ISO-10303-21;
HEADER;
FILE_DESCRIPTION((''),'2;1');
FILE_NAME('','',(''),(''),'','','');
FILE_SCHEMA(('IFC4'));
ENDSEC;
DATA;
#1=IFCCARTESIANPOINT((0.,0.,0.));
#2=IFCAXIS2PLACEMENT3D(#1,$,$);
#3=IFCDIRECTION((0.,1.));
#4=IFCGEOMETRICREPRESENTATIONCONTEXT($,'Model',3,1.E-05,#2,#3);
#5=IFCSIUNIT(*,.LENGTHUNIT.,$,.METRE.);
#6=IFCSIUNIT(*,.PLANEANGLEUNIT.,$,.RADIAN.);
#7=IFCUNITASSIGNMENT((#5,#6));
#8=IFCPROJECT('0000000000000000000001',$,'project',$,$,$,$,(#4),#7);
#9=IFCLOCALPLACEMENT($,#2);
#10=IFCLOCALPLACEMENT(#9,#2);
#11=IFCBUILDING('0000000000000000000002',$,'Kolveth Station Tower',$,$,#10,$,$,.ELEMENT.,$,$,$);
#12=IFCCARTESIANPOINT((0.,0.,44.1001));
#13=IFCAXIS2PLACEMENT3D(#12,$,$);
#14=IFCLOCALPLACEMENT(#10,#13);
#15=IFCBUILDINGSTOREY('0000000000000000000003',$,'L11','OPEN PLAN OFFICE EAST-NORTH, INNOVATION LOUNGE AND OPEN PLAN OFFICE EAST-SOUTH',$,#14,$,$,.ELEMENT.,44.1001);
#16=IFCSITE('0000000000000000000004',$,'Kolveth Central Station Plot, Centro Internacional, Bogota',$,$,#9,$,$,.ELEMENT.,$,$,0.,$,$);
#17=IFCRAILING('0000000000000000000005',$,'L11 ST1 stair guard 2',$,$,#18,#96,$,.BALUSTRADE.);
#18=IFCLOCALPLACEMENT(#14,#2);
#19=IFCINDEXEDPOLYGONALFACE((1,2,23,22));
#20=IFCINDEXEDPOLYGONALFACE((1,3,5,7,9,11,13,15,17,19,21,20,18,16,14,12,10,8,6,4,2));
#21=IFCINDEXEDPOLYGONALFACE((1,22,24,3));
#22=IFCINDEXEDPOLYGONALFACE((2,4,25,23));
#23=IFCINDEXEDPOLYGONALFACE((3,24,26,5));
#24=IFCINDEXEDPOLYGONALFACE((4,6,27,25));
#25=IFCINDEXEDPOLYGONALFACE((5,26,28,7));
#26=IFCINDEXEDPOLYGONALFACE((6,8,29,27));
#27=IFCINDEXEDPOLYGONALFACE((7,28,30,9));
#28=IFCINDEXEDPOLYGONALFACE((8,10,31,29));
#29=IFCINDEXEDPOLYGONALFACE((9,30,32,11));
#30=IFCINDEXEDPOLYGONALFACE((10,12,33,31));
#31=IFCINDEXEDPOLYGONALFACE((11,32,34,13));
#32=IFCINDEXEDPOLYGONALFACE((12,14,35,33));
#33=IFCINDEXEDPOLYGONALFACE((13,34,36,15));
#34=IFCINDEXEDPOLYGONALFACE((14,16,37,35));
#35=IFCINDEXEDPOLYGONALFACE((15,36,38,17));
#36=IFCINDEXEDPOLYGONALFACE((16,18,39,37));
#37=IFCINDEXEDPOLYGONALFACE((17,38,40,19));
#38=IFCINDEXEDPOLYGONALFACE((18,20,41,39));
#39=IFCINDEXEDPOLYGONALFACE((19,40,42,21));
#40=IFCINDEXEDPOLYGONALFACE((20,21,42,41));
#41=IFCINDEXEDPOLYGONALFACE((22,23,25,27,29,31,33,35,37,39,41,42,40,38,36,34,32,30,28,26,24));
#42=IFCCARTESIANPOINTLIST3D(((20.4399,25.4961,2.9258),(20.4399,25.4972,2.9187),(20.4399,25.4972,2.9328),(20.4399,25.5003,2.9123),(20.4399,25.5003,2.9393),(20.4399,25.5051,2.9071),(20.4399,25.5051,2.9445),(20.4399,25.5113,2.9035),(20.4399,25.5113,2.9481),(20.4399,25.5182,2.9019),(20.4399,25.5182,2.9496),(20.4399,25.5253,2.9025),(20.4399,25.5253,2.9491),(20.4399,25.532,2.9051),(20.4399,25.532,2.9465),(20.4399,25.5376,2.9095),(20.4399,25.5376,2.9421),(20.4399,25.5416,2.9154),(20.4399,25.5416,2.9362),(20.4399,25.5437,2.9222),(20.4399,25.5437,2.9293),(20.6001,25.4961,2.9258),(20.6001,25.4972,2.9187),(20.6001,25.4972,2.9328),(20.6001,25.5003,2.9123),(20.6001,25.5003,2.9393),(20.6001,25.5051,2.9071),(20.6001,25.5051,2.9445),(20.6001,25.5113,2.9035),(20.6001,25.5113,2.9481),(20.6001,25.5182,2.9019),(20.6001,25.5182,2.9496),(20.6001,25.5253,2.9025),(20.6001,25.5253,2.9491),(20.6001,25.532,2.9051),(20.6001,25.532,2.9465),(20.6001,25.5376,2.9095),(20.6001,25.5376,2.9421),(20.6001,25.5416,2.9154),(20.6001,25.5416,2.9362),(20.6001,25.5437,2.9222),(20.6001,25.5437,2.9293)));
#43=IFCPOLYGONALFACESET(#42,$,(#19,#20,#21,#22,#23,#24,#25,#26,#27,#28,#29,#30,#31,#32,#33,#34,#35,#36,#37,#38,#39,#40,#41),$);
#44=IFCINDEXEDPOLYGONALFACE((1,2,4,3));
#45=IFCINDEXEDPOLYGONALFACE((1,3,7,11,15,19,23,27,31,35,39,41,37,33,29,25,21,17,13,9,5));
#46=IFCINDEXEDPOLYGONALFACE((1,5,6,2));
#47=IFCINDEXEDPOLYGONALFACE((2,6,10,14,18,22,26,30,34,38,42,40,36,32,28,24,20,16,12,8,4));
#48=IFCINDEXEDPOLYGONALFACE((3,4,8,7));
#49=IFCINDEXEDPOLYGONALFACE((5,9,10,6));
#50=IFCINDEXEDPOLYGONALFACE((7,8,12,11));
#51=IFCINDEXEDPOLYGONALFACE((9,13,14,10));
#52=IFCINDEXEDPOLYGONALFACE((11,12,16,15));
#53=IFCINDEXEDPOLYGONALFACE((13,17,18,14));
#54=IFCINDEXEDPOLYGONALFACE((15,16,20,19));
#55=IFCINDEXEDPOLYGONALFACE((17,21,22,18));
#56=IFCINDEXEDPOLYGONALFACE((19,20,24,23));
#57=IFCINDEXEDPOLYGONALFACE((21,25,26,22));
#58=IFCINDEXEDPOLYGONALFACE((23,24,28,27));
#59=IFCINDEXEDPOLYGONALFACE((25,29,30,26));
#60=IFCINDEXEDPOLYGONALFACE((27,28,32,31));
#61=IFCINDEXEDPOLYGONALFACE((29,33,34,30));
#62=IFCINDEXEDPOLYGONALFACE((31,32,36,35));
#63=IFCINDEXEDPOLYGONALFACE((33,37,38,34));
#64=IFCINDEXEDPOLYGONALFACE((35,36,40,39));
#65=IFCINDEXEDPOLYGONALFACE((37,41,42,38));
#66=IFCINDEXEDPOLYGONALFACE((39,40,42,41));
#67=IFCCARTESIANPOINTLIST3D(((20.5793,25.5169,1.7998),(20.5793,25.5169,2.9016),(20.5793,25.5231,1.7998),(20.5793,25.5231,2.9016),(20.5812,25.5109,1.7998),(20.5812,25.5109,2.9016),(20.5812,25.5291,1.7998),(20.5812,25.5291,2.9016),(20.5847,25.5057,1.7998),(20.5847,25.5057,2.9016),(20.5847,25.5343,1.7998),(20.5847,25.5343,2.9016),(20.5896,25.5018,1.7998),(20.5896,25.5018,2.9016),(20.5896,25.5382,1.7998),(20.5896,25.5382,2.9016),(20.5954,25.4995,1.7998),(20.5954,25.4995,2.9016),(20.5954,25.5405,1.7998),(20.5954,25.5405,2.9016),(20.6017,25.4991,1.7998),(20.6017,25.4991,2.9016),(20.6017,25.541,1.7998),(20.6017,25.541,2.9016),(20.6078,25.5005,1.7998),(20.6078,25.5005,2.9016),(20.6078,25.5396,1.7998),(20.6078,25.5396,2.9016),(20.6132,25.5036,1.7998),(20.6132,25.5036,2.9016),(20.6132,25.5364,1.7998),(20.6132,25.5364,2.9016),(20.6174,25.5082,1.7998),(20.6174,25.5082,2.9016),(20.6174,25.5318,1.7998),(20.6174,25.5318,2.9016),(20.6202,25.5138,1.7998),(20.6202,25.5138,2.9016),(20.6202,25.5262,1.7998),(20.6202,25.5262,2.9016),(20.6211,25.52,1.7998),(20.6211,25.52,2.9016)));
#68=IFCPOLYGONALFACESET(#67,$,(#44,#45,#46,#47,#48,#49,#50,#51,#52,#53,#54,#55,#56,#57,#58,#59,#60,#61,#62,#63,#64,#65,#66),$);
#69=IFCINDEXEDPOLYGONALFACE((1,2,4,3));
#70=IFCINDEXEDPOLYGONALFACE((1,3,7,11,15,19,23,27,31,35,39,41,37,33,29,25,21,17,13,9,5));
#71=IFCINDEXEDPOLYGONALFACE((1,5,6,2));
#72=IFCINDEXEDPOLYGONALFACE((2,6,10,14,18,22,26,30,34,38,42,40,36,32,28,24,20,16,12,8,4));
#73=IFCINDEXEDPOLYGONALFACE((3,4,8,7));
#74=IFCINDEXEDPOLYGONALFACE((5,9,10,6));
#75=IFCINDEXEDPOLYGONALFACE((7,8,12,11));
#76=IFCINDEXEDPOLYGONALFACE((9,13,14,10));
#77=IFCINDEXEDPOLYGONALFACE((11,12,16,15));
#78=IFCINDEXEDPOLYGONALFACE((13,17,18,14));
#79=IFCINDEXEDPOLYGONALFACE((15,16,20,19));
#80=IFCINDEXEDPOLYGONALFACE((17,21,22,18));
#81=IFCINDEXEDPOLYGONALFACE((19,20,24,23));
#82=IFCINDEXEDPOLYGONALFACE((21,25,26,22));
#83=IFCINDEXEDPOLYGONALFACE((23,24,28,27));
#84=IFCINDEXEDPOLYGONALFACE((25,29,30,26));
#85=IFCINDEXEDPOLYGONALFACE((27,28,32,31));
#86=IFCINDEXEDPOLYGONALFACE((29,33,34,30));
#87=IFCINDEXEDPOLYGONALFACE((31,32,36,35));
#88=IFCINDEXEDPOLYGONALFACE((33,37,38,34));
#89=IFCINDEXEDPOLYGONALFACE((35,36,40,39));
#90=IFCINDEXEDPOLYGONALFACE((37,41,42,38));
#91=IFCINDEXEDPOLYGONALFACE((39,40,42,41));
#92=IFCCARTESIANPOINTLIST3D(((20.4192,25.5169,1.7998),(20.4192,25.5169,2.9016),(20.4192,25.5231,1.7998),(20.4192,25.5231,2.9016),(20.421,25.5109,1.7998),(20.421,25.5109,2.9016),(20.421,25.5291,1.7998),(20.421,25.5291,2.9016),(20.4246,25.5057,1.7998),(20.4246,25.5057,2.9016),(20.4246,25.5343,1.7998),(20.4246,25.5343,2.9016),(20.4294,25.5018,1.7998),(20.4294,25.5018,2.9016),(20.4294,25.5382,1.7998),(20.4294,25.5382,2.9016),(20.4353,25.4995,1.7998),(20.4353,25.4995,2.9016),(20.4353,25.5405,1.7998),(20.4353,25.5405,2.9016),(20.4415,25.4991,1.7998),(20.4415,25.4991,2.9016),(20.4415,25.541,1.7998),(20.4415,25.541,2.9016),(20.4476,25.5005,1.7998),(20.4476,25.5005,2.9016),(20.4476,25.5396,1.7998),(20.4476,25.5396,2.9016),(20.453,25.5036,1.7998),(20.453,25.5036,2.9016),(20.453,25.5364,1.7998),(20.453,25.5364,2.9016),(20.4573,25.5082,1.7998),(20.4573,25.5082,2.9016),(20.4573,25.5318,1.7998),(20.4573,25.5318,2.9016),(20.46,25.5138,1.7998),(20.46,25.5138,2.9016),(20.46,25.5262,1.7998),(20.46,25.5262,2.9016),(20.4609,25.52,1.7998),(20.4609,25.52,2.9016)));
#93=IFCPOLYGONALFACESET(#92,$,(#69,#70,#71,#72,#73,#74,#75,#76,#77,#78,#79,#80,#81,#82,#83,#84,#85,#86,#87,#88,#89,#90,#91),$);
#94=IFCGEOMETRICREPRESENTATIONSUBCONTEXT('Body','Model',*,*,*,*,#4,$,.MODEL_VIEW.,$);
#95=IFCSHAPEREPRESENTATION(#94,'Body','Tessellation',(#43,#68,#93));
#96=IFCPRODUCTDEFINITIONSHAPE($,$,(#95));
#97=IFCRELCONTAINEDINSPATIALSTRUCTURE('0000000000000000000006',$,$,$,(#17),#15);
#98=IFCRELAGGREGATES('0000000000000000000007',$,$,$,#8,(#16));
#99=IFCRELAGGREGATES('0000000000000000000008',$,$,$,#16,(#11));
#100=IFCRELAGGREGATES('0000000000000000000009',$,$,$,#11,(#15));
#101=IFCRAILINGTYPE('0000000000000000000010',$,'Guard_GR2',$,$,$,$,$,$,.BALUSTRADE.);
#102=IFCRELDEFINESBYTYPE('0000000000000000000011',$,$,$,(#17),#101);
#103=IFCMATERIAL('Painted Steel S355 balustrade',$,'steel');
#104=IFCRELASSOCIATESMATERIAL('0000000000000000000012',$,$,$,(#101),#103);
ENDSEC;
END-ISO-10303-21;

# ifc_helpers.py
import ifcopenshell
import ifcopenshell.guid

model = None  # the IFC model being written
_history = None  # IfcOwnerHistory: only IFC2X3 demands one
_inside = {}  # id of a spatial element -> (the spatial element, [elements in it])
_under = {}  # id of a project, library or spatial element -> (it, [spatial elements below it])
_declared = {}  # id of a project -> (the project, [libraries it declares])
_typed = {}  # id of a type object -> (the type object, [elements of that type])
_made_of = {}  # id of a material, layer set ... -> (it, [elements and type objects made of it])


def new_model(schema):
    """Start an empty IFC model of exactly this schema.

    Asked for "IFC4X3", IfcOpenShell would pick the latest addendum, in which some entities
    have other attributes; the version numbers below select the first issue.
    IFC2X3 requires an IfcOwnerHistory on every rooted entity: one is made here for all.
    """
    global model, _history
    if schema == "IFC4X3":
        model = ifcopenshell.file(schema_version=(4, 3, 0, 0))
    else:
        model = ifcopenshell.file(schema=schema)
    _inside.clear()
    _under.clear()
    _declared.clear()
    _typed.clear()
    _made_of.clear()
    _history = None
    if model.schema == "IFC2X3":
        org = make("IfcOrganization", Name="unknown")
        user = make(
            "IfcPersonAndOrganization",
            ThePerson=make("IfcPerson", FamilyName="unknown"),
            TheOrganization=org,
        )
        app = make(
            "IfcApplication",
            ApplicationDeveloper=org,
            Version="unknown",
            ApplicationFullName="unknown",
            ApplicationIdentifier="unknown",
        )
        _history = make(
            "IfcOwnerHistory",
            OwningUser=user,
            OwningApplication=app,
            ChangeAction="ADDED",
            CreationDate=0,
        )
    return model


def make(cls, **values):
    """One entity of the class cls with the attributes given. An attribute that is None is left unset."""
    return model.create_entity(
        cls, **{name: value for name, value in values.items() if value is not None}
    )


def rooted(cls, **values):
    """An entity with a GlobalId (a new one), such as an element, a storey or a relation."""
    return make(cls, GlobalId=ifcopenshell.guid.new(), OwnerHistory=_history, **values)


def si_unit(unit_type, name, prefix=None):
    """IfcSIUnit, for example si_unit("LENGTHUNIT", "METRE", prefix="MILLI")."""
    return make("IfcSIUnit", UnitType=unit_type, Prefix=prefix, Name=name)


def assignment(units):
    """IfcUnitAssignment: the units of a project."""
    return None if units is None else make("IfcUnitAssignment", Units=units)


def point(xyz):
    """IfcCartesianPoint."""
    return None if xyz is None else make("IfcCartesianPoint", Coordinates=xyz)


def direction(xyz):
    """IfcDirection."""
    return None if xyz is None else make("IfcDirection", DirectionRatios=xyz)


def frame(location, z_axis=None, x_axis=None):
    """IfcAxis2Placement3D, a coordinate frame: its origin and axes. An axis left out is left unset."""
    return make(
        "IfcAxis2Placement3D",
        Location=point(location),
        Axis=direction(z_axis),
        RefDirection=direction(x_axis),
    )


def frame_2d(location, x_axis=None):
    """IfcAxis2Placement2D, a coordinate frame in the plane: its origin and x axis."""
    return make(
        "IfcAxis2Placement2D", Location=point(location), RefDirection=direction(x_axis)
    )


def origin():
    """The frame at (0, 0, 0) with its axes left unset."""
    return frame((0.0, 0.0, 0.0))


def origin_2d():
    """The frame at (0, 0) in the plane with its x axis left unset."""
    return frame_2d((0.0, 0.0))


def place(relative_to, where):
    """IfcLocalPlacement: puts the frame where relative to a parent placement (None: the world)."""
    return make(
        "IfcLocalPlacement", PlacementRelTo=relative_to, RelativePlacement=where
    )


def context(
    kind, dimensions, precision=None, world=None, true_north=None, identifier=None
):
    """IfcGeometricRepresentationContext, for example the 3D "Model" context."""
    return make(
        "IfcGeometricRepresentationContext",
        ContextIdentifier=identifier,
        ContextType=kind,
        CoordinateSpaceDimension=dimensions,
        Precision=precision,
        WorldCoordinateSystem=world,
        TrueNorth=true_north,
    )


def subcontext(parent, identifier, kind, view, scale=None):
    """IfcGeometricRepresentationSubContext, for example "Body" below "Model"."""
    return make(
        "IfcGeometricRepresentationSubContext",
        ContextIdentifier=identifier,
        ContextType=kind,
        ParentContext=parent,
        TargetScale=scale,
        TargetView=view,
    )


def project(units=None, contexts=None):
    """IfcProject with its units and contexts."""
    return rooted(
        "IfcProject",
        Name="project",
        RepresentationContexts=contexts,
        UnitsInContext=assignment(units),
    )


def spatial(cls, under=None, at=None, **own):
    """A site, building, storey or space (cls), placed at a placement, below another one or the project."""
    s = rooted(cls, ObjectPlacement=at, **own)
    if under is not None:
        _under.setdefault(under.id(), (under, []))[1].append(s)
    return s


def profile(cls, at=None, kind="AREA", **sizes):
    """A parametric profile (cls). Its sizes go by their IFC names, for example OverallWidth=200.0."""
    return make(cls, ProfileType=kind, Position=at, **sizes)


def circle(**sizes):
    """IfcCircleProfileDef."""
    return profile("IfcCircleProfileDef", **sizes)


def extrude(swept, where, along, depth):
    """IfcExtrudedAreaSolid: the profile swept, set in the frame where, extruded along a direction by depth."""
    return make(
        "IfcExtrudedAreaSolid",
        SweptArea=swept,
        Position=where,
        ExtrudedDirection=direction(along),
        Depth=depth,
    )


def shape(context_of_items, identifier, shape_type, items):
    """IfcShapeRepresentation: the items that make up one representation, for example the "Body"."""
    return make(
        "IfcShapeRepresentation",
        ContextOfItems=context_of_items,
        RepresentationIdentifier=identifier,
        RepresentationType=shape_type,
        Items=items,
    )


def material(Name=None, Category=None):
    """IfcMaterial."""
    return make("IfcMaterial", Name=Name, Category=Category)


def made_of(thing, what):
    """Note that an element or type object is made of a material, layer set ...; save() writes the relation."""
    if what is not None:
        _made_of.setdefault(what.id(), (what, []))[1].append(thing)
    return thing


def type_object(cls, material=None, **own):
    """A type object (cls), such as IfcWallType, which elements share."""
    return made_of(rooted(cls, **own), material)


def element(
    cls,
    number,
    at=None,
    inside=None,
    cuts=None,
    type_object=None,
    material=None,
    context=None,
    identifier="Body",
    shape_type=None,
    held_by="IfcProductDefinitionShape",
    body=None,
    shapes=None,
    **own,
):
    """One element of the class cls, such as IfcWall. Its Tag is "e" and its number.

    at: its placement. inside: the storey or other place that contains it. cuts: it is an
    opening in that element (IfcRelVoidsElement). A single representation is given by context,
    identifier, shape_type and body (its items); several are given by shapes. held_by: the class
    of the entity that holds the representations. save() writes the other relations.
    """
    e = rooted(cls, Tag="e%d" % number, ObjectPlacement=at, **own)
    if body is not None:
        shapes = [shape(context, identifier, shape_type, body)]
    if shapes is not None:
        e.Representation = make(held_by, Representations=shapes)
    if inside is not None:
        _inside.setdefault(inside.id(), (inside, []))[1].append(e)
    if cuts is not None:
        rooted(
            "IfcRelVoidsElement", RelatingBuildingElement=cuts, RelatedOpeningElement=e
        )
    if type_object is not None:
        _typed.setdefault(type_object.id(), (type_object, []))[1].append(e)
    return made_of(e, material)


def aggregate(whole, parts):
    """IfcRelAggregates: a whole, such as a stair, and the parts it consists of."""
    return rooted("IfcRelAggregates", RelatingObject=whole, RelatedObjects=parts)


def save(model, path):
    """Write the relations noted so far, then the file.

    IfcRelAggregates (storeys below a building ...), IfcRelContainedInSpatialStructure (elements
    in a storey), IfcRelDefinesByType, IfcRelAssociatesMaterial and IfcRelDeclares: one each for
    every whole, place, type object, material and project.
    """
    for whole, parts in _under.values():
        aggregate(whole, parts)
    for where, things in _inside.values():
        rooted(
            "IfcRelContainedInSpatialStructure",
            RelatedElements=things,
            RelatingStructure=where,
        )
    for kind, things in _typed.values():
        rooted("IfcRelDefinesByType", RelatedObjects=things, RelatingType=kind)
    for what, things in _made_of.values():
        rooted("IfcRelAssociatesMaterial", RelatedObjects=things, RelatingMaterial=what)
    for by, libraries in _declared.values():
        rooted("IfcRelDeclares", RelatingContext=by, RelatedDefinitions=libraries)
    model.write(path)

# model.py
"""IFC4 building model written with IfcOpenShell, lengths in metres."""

from ifc_helpers import new_model, si_unit, direction, frame, origin, origin_2d, place, context, subcontext, project, spatial, circle, extrude, material, type_object, element, save


model = new_model("IFC4")

# Units and contexts
model_context = context("Model", 3, precision=1e-05, world=origin(), true_north=direction((0.0, 1.0)))
body_context = subcontext(model_context, "Body", "Model", "MODEL_VIEW")
ifc_project = project(units=[si_unit("LENGTHUNIT", "METRE"), si_unit("PLANEANGLEUNIT", "RADIAN")], contexts=[model_context])

# Site, building, storey
site_placement = place(None, origin())
site = spatial("IfcSite", under=ifc_project, at=site_placement, Name="Kolveth Central Station Plot, Centro Internacional, Bogota", CompositionType="ELEMENT", RefElevation=0.0)
building_placement = place(site_placement, origin())
building = spatial("IfcBuilding", under=site, at=building_placement, Name="Kolveth Station Tower", CompositionType="ELEMENT")
storey_placement = place(building_placement, frame((0.0, 0.0, 44.1001)))
storey = spatial("IfcBuildingStorey", under=building, at=storey_placement, Name="L11", Description="OPEN PLAN OFFICE EAST-NORTH, INNOVATION LOUNGE AND OPEN PLAN OFFICE EAST-SOUTH", CompositionType="ELEMENT", Elevation=44.1001)

# Railing
ifc_material_1 = material(Name="Painted Steel S355 balustrade", Category="steel")
railing_type_1 = type_object("IfcRailingType", Name="Guard_GR2", PredefinedType="BALUSTRADE", material=ifc_material_1)
railing_1_placement = place(storey_placement, frame((20.6001, 25.52, 1.7998)))
element("IfcRailing", 1, at=railing_1_placement, inside=storey, type_object=railing_type_1, Name="L11 ST1 stair guard 2", PredefinedType="BALUSTRADE", context=body_context, shape_type="SweptSolid", body=[
    extrude(circle(Radius=0.0239, at=origin_2d()), frame((0.0, 0.0, 1.126), z_axis=(-1.0, 0.0, 0.0), x_axis=(0.0, -1.0, 0.0)), (0.0, 0.0, 1.0), 0.1602),
    extrude(circle(Radius=0.021, at=origin_2d()), origin(), (0.0, 0.0, 1.0), 1.1018),
    extrude(circle(Radius=0.021, at=origin_2d()), frame((-0.1602, 0.0, 0.0)), (0.0, 0.0, 1.0), 1.1018),
])

save(model, "model.ifc")
